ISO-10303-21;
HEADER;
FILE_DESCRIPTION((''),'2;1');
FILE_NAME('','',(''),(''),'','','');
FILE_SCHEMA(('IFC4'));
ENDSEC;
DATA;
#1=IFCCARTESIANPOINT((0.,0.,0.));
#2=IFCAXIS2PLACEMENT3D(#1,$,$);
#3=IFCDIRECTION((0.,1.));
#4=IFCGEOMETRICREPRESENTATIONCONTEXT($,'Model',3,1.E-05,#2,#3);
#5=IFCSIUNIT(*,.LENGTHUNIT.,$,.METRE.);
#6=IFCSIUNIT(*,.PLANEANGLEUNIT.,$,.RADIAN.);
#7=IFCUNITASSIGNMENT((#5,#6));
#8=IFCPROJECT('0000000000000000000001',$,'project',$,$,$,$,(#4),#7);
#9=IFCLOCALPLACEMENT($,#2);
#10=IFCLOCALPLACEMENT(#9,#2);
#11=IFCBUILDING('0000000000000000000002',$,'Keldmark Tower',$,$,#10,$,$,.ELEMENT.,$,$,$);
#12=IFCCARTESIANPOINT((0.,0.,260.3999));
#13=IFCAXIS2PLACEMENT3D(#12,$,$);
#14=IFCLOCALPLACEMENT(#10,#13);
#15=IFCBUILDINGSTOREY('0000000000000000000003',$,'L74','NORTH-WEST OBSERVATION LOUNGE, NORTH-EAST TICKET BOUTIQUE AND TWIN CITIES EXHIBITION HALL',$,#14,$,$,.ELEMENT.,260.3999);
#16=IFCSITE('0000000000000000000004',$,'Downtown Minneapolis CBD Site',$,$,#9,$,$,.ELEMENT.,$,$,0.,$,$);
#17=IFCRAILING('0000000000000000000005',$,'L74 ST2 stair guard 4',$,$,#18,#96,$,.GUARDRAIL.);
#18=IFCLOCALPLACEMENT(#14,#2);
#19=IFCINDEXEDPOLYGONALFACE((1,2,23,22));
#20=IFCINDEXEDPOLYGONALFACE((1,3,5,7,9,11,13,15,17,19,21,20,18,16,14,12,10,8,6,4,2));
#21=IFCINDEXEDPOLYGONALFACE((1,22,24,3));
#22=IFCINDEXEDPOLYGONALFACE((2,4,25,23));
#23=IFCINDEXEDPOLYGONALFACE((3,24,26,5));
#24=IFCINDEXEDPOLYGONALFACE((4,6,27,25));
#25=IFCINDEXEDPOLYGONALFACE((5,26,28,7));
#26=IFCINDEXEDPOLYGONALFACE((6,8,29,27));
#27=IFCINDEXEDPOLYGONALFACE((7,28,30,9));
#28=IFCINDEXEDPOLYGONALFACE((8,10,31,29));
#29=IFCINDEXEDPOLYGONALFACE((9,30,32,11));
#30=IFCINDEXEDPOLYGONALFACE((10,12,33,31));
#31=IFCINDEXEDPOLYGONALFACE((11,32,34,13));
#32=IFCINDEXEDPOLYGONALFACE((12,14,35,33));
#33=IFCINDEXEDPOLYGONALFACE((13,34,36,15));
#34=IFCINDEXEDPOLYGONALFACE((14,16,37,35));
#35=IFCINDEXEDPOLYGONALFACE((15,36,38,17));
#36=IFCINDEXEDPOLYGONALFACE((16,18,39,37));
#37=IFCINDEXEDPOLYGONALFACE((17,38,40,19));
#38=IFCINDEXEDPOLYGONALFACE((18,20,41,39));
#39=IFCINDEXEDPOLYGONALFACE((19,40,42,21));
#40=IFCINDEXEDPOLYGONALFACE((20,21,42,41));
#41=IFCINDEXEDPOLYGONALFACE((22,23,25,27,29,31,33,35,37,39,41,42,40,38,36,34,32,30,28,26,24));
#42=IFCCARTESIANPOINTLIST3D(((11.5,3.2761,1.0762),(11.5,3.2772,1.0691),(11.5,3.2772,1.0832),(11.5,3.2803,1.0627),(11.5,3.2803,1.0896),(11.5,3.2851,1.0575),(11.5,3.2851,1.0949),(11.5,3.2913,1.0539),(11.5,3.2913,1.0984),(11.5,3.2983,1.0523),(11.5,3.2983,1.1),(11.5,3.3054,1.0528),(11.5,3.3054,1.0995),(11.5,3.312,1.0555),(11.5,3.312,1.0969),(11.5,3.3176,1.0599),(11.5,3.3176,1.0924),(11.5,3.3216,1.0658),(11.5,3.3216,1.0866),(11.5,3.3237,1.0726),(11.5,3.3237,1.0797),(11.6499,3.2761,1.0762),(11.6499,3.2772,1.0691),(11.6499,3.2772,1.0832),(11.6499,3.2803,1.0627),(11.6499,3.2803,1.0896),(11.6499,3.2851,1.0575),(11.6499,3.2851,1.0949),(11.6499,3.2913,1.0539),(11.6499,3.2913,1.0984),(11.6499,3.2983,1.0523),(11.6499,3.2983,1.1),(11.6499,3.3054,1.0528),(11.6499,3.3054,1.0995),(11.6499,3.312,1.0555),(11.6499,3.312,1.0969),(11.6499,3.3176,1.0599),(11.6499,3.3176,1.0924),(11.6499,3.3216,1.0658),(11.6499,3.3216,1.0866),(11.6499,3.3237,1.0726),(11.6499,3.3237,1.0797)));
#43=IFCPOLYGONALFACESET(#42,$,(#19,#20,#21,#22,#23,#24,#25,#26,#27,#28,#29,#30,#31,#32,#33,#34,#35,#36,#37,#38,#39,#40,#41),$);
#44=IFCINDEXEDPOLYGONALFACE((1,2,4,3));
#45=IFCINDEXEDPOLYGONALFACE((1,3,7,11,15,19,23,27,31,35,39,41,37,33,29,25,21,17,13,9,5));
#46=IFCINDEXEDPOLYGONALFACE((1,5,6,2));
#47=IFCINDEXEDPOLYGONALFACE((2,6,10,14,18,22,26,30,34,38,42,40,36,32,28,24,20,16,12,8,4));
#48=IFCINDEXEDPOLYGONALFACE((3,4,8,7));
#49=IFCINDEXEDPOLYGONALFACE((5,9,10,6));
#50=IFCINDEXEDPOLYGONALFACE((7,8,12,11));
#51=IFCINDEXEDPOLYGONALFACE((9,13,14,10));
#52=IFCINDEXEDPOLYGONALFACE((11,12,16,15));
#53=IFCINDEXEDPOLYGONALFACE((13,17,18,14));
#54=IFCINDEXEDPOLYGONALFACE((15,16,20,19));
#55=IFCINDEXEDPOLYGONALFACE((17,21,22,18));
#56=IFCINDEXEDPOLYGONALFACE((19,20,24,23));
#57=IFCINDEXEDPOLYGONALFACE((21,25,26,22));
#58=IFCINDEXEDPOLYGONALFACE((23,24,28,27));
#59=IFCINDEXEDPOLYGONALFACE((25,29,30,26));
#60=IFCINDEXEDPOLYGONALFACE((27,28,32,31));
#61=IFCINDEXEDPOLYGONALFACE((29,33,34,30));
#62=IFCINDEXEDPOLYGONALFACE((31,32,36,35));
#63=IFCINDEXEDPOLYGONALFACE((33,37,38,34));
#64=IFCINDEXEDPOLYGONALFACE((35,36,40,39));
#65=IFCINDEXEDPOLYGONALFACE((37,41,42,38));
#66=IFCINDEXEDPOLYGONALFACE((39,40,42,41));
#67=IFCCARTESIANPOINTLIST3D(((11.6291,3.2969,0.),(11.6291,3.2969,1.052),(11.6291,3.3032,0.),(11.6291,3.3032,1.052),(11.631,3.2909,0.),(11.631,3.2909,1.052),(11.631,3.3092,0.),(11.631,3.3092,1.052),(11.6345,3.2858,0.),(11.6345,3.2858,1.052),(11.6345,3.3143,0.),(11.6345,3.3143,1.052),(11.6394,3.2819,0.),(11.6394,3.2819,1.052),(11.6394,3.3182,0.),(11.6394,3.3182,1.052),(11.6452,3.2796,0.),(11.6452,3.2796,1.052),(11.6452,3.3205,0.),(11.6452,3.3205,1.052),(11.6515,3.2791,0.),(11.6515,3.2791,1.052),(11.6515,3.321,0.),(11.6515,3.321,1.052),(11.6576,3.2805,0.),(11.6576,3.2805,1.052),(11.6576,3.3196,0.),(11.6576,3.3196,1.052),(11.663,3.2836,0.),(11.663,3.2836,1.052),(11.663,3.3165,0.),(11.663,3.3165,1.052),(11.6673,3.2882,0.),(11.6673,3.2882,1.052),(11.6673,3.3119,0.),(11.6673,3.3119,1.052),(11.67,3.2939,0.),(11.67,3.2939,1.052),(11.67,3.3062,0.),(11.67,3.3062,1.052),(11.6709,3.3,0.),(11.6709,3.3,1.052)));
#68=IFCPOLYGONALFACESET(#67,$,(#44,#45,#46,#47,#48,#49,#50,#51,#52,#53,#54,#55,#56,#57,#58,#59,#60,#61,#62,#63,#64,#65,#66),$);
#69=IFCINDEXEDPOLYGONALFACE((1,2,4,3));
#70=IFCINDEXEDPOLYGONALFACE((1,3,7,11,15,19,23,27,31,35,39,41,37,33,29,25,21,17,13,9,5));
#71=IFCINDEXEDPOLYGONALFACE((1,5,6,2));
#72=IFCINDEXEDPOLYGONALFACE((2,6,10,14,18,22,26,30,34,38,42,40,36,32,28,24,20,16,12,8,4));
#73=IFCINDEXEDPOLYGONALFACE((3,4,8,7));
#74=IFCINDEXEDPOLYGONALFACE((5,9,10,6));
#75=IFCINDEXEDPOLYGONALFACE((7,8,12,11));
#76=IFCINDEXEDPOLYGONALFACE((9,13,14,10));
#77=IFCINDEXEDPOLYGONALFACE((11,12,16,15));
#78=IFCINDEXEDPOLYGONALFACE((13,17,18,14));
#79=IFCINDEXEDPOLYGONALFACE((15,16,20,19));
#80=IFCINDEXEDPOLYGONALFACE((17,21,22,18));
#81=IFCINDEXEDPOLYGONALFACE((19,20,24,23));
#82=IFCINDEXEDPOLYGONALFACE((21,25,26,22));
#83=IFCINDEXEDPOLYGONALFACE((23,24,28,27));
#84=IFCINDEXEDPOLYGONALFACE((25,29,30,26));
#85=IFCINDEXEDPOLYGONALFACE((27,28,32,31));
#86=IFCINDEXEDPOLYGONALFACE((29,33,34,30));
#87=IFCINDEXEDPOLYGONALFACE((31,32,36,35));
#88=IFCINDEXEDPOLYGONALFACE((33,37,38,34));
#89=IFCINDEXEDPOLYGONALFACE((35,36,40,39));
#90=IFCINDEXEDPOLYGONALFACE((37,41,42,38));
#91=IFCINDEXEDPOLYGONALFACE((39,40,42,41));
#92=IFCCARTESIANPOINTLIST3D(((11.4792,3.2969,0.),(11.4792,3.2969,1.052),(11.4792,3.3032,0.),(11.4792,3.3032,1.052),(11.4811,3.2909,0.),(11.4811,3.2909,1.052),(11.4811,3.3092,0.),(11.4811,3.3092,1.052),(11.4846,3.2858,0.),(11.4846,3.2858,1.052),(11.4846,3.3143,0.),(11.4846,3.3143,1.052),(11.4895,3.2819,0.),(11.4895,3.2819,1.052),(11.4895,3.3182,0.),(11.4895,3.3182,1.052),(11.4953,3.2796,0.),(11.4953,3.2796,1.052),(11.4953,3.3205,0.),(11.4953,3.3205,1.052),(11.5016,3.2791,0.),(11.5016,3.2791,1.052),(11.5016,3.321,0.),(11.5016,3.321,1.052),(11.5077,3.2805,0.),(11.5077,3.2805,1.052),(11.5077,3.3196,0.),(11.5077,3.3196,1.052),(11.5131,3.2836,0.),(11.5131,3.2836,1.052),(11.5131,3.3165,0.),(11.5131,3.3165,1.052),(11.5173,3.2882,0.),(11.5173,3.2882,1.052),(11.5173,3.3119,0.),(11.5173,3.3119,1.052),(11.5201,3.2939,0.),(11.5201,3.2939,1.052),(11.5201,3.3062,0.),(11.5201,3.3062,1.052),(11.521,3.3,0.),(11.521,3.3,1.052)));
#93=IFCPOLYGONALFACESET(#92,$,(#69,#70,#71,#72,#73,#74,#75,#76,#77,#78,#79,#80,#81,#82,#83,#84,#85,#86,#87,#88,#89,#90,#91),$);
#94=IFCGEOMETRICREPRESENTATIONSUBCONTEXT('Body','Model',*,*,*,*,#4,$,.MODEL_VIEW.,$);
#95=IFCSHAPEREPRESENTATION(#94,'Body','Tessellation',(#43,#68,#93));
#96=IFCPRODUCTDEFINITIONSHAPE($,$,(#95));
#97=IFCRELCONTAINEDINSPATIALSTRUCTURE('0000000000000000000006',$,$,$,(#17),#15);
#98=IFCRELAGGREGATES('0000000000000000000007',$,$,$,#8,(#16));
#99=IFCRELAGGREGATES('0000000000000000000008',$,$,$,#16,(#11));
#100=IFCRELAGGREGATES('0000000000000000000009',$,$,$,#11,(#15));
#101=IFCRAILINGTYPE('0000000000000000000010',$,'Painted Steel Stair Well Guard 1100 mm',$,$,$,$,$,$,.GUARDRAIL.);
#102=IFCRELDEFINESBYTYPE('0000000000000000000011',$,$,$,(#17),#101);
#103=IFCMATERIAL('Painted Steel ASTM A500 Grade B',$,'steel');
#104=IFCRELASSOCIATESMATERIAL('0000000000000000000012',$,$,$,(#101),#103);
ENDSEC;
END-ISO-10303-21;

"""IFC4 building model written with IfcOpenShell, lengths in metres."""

from ifc_helpers import new_model, si_unit, direction, frame, origin, origin_2d, place, context, subcontext, project, spatial, circle, extrude, material, type_object, element, save


model = new_model("IFC4")

# Units and contexts
model_context = context("Model", 3, precision=1e-05, world=origin(), true_north=direction((0.0, 1.0)))
body_context = subcontext(model_context, "Body", "Model", "MODEL_VIEW")
ifc_project = project(units=[si_unit("LENGTHUNIT", "METRE"), si_unit("PLANEANGLEUNIT", "RADIAN")], contexts=[model_context])

# Site, building, storey
site_placement = place(None, origin())
site = spatial("IfcSite", under=ifc_project, at=site_placement, Name="Downtown Minneapolis CBD Site", CompositionType="ELEMENT", RefElevation=0.0)
building_placement = place(site_placement, origin())
building = spatial("IfcBuilding", under=site, at=building_placement, Name="Keldmark Tower", CompositionType="ELEMENT")
storey_placement = place(building_placement, frame((0.0, 0.0, 260.3999)))
storey = spatial("IfcBuildingStorey", under=building, at=storey_placement, Name="L74", Description="NORTH-WEST OBSERVATION LOUNGE, NORTH-EAST TICKET BOUTIQUE AND TWIN CITIES EXHIBITION HALL", CompositionType="ELEMENT", Elevation=260.3999)

# Railing
ifc_material_1 = material(Name="Painted Steel ASTM A500 Grade B", Category="steel")
railing_type_1 = type_object("IfcRailingType", Name="Painted Steel Stair Well Guard 1100 mm", PredefinedType="GUARDRAIL", material=ifc_material_1)
railing_1_placement = place(storey_placement, frame((11.6499, 3.3, 0.0)))
element("IfcRailing", 1, at=railing_1_placement, inside=storey, type_object=railing_type_1, Name="L74 ST2 stair guard 4", PredefinedType="GUARDRAIL", context=body_context, shape_type="SweptSolid", body=[
    extrude(circle(Radius=0.0239, at=origin_2d()), frame((0.0, 0.0, 1.0762), z_axis=(-1.0, 0.0, 0.0), x_axis=(0.0, -1.0, 0.0)), (0.0, 0.0, 1.0), 0.1499),
    extrude(circle(Radius=0.021, at=origin_2d()), origin(), (0.0, 0.0, 1.0), 1.052),
    extrude(circle(Radius=0.021, at=origin_2d()), frame((-0.1499, 0.0, 0.0)), (0.0, 0.0, 1.0), 1.052),
])

save(model, "model.ifc")
